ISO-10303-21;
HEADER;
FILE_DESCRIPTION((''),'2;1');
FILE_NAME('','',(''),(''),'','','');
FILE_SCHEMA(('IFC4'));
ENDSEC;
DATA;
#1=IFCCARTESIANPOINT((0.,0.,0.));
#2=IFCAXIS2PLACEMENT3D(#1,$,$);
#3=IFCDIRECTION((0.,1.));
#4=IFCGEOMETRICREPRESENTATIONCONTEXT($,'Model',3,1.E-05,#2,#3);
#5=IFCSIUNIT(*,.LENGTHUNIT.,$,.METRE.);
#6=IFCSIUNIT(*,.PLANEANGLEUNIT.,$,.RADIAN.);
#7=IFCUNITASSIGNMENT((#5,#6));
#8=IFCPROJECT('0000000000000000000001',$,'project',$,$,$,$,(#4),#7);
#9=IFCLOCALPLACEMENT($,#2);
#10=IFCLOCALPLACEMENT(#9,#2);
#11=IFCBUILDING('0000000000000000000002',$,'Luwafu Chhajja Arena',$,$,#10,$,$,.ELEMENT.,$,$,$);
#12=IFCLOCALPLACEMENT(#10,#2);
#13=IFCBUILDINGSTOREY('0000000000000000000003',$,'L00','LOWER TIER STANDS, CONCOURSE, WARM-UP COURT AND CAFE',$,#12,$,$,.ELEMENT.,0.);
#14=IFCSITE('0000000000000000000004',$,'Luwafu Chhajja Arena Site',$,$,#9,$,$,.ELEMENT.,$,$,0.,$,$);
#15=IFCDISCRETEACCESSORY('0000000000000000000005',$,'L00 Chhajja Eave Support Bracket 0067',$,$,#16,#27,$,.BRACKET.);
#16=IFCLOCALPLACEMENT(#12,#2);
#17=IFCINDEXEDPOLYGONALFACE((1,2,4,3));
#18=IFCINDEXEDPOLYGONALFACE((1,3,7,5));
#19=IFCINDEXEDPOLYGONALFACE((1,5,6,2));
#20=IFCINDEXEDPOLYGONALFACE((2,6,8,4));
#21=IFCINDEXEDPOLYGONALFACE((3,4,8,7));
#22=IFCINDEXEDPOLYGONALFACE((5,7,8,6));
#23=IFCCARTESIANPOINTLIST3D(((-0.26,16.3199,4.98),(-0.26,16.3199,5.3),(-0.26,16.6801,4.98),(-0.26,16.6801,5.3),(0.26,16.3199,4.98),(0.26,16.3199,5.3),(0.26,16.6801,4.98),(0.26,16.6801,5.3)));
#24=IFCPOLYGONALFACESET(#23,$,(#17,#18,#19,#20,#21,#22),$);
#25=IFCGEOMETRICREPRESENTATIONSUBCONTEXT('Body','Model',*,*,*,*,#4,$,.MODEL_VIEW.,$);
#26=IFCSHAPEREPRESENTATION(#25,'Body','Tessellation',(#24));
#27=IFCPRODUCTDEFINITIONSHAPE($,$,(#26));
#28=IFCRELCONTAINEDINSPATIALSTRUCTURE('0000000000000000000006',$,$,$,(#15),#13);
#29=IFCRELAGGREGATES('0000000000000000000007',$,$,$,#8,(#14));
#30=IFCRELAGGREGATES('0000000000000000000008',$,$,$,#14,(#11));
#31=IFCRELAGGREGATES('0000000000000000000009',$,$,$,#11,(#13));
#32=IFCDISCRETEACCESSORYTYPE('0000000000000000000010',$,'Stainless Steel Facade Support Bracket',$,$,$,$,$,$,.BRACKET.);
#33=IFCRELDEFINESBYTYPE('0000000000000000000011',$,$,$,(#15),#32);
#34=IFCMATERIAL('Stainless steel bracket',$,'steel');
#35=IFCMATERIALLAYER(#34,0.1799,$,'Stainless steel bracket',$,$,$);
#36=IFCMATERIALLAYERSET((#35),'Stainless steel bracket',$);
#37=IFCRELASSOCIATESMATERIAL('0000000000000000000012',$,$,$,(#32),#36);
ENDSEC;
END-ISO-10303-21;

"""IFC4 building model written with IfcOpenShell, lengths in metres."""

from ifc_helpers import new_model, si_unit, direction, frame, origin, origin_2d, place, context, subcontext, project, spatial, rectangle, extrude, material, layer, layer_set, type_object, element, save


model = new_model("IFC4")

# Units and contexts
model_context = context("Model", 3, precision=1e-05, world=origin(), true_north=direction((0.0, 1.0)))
body_context = subcontext(model_context, "Body", "Model", "MODEL_VIEW")
ifc_project = project(units=[si_unit("LENGTHUNIT", "METRE"), si_unit("PLANEANGLEUNIT", "RADIAN")], contexts=[model_context])

# Site, building, storey
site_placement = place(None, origin())
site = spatial("IfcSite", under=ifc_project, at=site_placement, Name="Luwafu Chhajja Arena Site", CompositionType="ELEMENT", RefElevation=0.0)
building_placement = place(site_placement, origin())
building = spatial("IfcBuilding", under=site, at=building_placement, Name="Luwafu Chhajja Arena", CompositionType="ELEMENT")
storey_placement = place(building_placement, origin())
storey = spatial("IfcBuildingStorey", under=building, at=storey_placement, Name="L00", Description="LOWER TIER STANDS, CONCOURSE, WARM-UP COURT AND CAFE", CompositionType="ELEMENT", Elevation=0.0)

# Discrete accessory
ifc_material_1 = material(Name="Stainless steel bracket", Category="steel")
ifc_layer_1 = layer(ifc_material_1, 0.1799, Name="Stainless steel bracket")
ifc_layer_set_1 = layer_set([ifc_layer_1], Name="Stainless steel bracket")
discrete_accessory_type = type_object("IfcDiscreteAccessoryType", Name="Stainless Steel Facade Support Bracket", PredefinedType="BRACKET", material=ifc_layer_set_1)
discrete_accessory_placement = place(storey_placement, frame((0.0, 16.5, 4.98), z_axis=(0.0, 0.0, 1.0), x_axis=(0.0, 1.0, 0.0)))
element("IfcDiscreteAccessory", 1, at=discrete_accessory_placement, inside=storey, type_object=discrete_accessory_type, Name="L00 Chhajja Eave Support Bracket 0067", PredefinedType="BRACKET", context=body_context, shape_type="SweptSolid", body=[
    extrude(rectangle(XDim=0.3601, YDim=0.52, at=origin_2d()), origin(), (0.0, 0.0, 1.0), 0.3201),
])

save(model, "model.ifc")
